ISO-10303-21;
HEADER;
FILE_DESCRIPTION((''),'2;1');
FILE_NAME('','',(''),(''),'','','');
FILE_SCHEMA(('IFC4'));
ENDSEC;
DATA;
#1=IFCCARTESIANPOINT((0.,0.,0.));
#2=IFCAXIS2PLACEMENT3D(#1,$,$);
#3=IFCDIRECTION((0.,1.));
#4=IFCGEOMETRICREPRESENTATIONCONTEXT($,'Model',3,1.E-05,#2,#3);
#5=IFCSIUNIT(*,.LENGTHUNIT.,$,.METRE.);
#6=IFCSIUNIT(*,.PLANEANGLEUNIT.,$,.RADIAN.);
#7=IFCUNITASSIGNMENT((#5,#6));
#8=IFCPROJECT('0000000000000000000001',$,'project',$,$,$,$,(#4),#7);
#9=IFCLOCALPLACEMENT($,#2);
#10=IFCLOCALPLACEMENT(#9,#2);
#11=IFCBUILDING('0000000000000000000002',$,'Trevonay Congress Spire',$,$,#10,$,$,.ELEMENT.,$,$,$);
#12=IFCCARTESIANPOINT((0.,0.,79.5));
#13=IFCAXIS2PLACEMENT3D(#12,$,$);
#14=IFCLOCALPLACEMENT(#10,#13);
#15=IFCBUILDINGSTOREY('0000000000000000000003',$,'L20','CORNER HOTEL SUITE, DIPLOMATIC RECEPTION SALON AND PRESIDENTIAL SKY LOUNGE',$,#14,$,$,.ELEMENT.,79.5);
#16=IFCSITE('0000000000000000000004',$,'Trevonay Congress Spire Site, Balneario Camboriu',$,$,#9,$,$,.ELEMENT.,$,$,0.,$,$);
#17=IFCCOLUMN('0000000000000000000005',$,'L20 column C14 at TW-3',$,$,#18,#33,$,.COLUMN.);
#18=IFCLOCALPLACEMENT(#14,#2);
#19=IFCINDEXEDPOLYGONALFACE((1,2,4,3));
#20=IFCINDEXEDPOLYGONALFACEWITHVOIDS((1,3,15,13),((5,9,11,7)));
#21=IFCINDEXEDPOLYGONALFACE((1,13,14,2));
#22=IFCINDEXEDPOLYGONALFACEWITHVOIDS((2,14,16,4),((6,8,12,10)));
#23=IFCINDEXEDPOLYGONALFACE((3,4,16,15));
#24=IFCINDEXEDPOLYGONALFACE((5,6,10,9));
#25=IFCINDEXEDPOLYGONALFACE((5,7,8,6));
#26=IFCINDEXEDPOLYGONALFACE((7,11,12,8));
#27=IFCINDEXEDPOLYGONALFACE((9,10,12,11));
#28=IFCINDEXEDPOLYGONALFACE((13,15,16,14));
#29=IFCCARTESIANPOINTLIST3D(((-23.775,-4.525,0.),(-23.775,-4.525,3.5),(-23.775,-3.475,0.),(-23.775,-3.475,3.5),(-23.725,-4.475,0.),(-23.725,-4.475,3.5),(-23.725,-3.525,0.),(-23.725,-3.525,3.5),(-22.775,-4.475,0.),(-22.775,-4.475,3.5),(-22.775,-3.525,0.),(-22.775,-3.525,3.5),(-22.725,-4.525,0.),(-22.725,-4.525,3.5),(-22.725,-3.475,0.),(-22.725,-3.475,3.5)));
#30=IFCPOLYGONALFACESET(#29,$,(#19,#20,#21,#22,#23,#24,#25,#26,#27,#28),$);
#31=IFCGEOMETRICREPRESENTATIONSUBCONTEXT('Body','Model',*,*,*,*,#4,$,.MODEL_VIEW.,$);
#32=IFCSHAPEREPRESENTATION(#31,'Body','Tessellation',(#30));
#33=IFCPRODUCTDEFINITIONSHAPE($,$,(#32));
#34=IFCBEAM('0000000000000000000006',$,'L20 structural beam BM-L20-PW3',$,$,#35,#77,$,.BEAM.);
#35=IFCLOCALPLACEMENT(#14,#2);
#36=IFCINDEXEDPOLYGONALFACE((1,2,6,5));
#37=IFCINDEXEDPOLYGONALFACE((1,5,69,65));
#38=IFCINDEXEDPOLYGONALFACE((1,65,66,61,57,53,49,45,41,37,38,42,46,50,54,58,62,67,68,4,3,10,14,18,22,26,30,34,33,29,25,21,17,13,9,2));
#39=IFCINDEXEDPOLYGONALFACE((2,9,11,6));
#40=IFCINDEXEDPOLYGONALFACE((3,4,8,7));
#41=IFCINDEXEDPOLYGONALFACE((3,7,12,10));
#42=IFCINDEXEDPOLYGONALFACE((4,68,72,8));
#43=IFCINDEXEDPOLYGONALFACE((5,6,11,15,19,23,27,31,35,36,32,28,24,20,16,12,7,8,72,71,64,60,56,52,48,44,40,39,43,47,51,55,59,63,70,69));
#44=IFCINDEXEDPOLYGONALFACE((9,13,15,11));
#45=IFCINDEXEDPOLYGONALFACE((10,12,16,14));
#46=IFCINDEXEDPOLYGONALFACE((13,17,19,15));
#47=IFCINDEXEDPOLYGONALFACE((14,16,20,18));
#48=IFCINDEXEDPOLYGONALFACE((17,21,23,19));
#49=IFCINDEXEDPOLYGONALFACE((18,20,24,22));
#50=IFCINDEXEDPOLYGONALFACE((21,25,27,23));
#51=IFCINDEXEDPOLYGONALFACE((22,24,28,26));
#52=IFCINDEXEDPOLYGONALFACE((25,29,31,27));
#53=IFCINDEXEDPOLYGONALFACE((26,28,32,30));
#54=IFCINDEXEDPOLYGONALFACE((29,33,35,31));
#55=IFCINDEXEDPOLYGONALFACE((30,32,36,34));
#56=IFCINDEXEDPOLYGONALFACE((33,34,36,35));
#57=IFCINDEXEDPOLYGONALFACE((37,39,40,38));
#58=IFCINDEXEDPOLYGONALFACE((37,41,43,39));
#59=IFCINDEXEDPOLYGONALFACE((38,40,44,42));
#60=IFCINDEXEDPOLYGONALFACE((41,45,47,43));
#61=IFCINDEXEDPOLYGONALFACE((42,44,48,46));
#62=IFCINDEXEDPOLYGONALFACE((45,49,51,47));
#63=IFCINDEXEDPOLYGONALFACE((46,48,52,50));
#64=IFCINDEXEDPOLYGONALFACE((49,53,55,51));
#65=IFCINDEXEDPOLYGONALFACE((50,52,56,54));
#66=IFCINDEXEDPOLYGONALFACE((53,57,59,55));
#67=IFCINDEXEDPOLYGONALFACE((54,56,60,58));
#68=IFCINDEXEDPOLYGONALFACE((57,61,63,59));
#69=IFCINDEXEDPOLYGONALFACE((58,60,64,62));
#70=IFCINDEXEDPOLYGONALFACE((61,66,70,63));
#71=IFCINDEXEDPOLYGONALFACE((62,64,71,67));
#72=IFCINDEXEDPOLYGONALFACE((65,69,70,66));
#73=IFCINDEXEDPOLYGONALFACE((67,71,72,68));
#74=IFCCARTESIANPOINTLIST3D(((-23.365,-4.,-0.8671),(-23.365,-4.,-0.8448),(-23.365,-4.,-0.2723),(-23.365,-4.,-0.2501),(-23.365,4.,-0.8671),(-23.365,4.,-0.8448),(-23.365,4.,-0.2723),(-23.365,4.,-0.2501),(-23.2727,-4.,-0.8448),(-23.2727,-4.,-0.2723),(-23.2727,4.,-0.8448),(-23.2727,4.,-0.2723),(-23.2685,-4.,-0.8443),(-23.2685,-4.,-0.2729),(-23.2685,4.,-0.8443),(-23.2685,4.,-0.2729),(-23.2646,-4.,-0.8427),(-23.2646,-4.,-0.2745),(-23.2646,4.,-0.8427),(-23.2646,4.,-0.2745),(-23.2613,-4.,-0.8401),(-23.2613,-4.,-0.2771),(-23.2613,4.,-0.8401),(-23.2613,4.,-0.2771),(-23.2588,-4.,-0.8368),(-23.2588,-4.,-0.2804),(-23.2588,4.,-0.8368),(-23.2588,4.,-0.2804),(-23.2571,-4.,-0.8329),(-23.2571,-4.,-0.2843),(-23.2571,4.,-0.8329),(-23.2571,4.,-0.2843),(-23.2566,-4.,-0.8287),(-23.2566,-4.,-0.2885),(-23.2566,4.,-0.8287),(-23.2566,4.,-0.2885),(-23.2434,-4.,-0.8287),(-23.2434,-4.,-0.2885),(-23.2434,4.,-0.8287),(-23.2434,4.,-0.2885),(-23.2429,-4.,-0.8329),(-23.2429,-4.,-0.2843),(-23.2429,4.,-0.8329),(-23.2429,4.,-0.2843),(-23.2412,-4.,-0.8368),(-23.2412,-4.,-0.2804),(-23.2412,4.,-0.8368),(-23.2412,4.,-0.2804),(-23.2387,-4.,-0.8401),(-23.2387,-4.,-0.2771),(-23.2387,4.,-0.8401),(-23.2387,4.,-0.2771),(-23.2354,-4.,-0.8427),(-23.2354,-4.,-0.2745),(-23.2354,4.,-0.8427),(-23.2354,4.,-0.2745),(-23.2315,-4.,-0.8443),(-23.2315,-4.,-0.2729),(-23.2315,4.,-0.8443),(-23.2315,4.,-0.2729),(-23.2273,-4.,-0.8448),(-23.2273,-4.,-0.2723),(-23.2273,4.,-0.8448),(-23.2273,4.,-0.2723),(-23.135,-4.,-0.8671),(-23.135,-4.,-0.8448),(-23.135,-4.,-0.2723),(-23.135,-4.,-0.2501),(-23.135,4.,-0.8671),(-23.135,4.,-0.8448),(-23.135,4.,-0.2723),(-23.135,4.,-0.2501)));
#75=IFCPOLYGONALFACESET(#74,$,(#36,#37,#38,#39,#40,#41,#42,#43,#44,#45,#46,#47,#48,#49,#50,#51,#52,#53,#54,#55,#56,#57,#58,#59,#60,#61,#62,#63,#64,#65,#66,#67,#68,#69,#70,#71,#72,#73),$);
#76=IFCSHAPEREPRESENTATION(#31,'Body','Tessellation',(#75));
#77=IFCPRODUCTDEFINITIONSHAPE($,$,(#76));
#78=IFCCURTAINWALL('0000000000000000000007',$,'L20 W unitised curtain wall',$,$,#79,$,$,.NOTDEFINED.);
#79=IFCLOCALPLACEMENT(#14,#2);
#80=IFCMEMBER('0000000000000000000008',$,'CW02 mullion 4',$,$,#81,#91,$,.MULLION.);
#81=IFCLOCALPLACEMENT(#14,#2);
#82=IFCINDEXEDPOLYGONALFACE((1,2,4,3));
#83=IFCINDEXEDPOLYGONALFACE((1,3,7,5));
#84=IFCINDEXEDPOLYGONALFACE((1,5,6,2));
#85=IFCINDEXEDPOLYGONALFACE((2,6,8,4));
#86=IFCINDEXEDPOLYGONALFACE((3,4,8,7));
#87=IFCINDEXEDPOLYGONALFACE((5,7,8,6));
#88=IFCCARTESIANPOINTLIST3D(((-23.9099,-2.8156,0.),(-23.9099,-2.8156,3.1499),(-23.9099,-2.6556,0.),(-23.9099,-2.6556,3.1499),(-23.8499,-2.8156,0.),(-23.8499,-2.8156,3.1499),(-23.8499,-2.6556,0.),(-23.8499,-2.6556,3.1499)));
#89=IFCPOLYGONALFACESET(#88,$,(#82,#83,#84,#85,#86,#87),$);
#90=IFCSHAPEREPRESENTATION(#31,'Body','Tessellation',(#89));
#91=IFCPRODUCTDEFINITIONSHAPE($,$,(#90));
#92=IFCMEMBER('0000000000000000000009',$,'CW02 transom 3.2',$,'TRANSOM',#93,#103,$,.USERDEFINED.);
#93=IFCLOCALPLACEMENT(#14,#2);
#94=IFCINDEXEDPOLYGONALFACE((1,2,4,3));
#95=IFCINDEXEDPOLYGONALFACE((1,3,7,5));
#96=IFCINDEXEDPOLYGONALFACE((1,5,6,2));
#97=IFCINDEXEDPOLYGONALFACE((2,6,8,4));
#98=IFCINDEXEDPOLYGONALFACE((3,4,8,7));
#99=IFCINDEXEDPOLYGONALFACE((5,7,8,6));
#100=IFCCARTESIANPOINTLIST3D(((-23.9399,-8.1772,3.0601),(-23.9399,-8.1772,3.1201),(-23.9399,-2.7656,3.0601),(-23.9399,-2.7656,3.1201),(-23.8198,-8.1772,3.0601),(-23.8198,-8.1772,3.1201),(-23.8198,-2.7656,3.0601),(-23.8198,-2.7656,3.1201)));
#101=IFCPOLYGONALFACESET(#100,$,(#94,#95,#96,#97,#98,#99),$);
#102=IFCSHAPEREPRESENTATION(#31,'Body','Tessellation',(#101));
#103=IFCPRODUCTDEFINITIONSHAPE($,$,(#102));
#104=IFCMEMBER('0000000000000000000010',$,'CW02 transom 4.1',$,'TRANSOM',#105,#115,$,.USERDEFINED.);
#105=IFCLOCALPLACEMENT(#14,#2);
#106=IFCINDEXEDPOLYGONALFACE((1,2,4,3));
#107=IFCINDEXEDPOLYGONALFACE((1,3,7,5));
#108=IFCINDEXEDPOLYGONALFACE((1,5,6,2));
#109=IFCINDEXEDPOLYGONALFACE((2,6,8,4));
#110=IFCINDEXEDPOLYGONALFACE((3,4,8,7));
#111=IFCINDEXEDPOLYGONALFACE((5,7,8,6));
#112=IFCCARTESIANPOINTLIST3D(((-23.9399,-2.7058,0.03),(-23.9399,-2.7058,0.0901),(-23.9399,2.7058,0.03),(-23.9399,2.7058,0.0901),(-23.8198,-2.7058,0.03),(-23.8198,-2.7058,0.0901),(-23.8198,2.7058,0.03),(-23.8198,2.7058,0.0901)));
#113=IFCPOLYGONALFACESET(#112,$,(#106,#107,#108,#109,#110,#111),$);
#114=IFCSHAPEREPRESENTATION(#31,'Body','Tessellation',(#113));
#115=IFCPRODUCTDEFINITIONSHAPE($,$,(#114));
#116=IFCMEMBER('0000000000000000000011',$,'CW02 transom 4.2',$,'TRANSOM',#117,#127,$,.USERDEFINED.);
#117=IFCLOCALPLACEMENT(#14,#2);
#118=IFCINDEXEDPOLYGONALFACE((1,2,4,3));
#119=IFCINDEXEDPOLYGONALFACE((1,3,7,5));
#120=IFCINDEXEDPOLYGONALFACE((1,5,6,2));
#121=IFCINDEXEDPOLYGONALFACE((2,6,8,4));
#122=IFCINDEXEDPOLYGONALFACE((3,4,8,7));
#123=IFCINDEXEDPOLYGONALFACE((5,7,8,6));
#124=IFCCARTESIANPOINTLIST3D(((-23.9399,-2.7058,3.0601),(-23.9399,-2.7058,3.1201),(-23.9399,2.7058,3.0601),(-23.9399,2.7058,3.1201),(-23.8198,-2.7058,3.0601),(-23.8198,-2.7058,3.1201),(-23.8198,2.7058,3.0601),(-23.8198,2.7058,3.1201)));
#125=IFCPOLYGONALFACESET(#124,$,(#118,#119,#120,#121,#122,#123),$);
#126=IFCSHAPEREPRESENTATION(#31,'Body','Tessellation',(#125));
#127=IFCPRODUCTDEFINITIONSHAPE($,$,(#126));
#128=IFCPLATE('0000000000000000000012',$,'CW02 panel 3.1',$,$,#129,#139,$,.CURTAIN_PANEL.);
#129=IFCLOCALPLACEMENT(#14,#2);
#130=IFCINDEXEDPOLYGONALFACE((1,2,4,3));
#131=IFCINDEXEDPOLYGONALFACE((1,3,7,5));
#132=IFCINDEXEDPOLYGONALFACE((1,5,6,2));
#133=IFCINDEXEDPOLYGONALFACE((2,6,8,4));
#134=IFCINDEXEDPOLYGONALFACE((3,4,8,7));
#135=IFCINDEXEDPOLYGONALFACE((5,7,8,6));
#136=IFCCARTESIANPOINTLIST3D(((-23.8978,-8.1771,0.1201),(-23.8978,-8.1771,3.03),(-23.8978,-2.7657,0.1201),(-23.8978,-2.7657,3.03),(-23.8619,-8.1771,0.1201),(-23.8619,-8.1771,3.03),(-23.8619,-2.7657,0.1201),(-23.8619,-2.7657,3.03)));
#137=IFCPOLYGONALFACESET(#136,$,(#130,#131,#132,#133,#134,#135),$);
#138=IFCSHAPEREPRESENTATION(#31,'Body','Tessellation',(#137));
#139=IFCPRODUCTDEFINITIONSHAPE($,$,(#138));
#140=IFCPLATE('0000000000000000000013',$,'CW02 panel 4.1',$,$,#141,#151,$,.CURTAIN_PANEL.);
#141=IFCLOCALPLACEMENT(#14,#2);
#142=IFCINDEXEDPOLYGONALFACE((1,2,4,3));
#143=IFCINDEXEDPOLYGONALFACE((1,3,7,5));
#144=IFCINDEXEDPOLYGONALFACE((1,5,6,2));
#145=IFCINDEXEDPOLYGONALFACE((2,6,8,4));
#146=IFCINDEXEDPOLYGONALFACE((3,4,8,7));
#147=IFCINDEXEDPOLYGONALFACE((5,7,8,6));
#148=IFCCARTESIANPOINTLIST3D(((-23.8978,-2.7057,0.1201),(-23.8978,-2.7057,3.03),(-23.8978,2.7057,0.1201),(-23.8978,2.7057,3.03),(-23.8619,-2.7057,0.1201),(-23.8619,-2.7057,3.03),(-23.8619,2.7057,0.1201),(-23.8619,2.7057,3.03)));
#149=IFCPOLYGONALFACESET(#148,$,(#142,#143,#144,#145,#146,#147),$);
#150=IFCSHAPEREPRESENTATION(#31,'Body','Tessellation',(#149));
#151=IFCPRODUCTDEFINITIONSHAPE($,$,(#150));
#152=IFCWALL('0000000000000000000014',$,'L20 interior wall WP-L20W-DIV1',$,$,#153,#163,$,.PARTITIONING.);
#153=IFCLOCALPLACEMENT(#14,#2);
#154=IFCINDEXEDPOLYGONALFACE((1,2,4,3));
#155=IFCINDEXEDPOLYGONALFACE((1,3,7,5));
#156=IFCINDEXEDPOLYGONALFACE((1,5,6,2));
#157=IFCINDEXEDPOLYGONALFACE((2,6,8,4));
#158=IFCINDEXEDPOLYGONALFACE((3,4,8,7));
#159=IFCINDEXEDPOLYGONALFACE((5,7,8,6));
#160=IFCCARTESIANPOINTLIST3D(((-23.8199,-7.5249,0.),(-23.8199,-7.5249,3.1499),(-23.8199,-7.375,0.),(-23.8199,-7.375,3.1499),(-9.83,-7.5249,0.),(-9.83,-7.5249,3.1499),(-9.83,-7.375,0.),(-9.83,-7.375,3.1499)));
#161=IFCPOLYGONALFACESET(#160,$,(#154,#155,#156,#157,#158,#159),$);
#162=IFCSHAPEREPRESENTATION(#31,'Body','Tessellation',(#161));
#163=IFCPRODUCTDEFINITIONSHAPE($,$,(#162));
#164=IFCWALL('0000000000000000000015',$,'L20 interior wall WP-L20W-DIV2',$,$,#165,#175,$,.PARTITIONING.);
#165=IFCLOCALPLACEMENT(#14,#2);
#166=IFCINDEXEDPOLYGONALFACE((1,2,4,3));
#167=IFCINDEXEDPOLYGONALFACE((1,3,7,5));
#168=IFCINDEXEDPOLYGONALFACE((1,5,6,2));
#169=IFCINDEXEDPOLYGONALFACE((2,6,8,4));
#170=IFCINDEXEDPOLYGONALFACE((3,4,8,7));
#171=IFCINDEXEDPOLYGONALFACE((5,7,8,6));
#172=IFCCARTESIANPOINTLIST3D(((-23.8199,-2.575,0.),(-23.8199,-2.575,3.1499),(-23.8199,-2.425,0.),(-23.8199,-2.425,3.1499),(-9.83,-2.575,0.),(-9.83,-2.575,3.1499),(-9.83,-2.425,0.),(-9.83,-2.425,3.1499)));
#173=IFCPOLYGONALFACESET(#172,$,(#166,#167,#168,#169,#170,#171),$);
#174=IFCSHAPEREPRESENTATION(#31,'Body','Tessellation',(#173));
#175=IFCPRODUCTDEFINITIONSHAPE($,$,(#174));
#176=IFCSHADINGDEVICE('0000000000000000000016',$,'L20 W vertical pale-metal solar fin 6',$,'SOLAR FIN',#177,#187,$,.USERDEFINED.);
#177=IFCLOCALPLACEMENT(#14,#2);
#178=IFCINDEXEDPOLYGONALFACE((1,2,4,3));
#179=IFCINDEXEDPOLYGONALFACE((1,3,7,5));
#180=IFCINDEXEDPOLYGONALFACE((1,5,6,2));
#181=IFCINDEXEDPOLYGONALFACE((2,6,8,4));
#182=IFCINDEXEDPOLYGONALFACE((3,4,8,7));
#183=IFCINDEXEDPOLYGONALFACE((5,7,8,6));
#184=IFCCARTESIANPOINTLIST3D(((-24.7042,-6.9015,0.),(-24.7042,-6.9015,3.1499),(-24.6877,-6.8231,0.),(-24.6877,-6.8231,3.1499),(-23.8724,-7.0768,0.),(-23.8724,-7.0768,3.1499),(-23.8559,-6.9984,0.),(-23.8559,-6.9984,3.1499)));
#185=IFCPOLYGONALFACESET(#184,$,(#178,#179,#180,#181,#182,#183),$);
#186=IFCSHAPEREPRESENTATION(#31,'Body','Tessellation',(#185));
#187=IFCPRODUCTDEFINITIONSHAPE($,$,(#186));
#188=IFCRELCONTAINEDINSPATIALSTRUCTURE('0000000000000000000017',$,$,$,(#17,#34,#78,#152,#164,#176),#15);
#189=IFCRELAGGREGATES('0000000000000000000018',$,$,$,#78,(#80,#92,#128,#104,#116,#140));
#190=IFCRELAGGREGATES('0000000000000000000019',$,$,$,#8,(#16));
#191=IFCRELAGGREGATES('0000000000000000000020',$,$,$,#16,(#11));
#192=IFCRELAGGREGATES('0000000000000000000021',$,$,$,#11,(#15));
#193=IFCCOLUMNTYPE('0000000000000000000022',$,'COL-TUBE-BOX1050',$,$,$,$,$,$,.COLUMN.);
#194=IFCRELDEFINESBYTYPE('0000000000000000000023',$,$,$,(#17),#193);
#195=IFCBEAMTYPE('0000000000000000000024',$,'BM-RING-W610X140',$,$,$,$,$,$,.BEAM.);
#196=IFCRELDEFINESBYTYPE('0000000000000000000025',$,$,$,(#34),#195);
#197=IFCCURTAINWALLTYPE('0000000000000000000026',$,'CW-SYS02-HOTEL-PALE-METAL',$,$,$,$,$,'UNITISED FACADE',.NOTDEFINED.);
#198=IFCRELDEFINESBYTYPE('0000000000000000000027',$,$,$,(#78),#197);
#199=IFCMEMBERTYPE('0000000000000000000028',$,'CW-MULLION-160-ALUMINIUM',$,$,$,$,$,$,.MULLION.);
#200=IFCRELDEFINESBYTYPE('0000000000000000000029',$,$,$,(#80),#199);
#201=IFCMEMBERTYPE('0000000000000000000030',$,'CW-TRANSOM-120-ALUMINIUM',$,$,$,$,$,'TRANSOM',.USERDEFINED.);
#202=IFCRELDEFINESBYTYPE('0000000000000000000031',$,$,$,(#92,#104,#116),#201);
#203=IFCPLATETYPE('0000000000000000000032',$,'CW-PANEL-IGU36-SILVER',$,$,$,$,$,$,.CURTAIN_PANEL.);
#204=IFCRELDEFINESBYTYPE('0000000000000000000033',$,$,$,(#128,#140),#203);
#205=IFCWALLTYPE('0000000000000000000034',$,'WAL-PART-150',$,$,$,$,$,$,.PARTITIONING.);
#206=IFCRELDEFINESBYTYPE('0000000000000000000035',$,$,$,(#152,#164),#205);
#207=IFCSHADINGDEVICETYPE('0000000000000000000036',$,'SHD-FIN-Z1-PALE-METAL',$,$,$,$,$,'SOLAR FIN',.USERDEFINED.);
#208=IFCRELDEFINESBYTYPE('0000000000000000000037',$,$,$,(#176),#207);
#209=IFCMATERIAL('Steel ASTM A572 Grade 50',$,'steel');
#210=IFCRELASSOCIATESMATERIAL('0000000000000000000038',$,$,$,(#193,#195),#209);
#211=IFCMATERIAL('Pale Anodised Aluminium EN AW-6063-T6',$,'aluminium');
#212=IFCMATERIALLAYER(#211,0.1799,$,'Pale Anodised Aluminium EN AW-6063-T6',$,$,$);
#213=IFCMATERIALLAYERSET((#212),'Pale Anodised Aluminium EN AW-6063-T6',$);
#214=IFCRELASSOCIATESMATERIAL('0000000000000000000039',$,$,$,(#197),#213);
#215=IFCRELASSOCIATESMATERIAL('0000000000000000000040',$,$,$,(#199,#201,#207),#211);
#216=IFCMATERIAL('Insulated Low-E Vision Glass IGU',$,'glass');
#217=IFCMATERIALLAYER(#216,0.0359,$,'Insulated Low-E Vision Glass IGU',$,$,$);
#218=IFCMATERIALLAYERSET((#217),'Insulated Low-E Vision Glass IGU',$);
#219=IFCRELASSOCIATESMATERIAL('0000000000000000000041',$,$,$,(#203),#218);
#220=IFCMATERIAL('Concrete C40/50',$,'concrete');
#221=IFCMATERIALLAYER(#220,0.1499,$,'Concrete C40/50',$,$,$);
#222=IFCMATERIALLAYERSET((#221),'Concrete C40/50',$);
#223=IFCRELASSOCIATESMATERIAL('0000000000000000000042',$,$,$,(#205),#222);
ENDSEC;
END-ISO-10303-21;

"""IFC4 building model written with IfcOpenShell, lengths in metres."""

from ifc_helpers import new_model, si_unit, direction, frame, frame_2d, origin, origin_2d, place, context, subcontext, project, spatial, rectangle, hollow_rectangle, i_section, extrude, material, layer, layer_set, material_profile, profile_set, type_object, element, aggregate, save


model = new_model("IFC4")

# Units and contexts
model_context = context("Model", 3, precision=1e-05, world=origin(), true_north=direction((0.0, 1.0)))
body_context = subcontext(model_context, "Body", "Model", "MODEL_VIEW")
ifc_project = project(units=[si_unit("LENGTHUNIT", "METRE"), si_unit("PLANEANGLEUNIT", "RADIAN")], contexts=[model_context])

# Site, building, storey
site_placement = place(None, origin())
site = spatial("IfcSite", under=ifc_project, at=site_placement, Name="Trevonay Congress Spire Site, Balneario Camboriu", CompositionType="ELEMENT", RefElevation=0.0)
building_placement = place(site_placement, origin())
building = spatial("IfcBuilding", under=site, at=building_placement, Name="Trevonay Congress Spire", CompositionType="ELEMENT")
storey_placement = place(building_placement, frame((0.0, 0.0, 79.5)))
storey = spatial("IfcBuildingStorey", under=building, at=storey_placement, Name="L20", Description="CORNER HOTEL SUITE, DIPLOMATIC RECEPTION SALON AND PRESIDENTIAL SKY LOUNGE", CompositionType="ELEMENT", Elevation=79.5)

# Column
ifc_material_1 = material(Name="Steel ASTM A572 Grade 50", Category="steel")
ifc_material_profile_1 = material_profile(ifc_material_1, hollow_rectangle(XDim=1.05, YDim=1.05, WallThickness=0.05, at=origin_2d()), Name="BOX 1050x1050x50")
ifc_profile_set_1 = profile_set([ifc_material_profile_1], Name="Steel ASTM A572 Grade 50")
column_type = type_object("IfcColumnType", Name="COL-TUBE-BOX1050", PredefinedType="COLUMN", material=ifc_profile_set_1)
column_placement = place(storey_placement, frame((-23.25, -4.0, 0.0), z_axis=(0.0, 0.0, 1.0), x_axis=(1.0, 0.0, 0.0)))
element("IfcColumn", 1, at=column_placement, inside=storey, type_object=column_type, Name="L20 column C14 at TW-3", PredefinedType="COLUMN", context=body_context, shape_type="SweptSolid", body=[
    extrude(hollow_rectangle(XDim=1.05, YDim=1.05, WallThickness=0.05, at=origin_2d()), origin(), (0.0, 0.0, 1.0), 3.5),
])

# Beam
ifc_material_profile_2 = material_profile(ifc_material_1, i_section(OverallWidth=0.23, OverallDepth=0.6169, WebThickness=0.0132, FlangeThickness=0.0222, FilletRadius=0.0161, at=origin_2d()), Name="W610x140")
ifc_profile_set_2 = profile_set([ifc_material_profile_2], Name="Steel ASTM A572 Grade 50")
beam_type = type_object("IfcBeamType", Name="BM-RING-W610X140", PredefinedType="BEAM", material=ifc_profile_set_2)
beam_placement = place(storey_placement, frame((-23.25, -4.0, -0.5586), z_axis=(0.0, 1.0, 0.0), x_axis=(-1.0, 0.0, 0.0)))
element("IfcBeam", 2, at=beam_placement, inside=storey, type_object=beam_type, Name="L20 structural beam BM-L20-PW3", PredefinedType="BEAM", context=body_context, shape_type="SweptSolid", body=[
    extrude(i_section(OverallWidth=0.23, OverallDepth=0.6169, WebThickness=0.0132, FlangeThickness=0.0222, FilletRadius=0.0161, at=origin_2d()), origin(), (0.0, 0.0, 1.0), 8.0),
])

# Curtain wall, members, plates
ifc_material_2 = material(Name="Pale Anodised Aluminium EN AW-6063-T6", Category="aluminium")
ifc_layer_1 = layer(ifc_material_2, 0.1799, Name="Pale Anodised Aluminium EN AW-6063-T6")
ifc_layer_set_1 = layer_set([ifc_layer_1], Name="Pale Anodised Aluminium EN AW-6063-T6")
curtain_wall_type = type_object("IfcCurtainWallType", Name="CW-SYS02-HOTEL-PALE-METAL", ElementType="UNITISED FACADE", PredefinedType="NOTDEFINED", material=ifc_layer_set_1)
curtain_wall_placement = place(storey_placement, origin())
curtain_wall = element("IfcCurtainWall", 3, at=curtain_wall_placement, inside=storey, type_object=curtain_wall_type, Name="L20 W unitised curtain wall", PredefinedType="NOTDEFINED")
ifc_material_profile_3 = material_profile(ifc_material_2, rectangle(XDim=0.0601, YDim=0.1599, at=origin_2d()), Name="CW-MULLION-160-ALUMINIUM")
ifc_profile_set_3 = profile_set([ifc_material_profile_3], Name="Pale Anodised Aluminium EN AW-6063-T6")
member_type_1 = type_object("IfcMemberType", Name="CW-MULLION-160-ALUMINIUM", PredefinedType="MULLION", material=ifc_profile_set_3)
member_1_placement = place(storey_placement, frame((-23.8799, -2.7356, 0.0), z_axis=(0.0, 0.0, 1.0), x_axis=(-1.0, 0.0, 0.0)))
member_1 = element("IfcMember", 4, at=member_1_placement, type_object=member_type_1, Name="CW02 mullion 4", PredefinedType="MULLION", context=body_context, shape_type="SweptSolid", body=[
    extrude(rectangle(XDim=0.0601, YDim=0.1599, at=origin_2d()), origin(), (0.0, 0.0, 1.0), 3.1499),
])
ifc_material_profile_4 = material_profile(ifc_material_2, rectangle(XDim=0.1201, YDim=0.0601, at=origin_2d()), Name="CW-TRANSOM-120-ALUMINIUM")
ifc_profile_set_4 = profile_set([ifc_material_profile_4], Name="Pale Anodised Aluminium EN AW-6063-T6")
member_type_2 = type_object("IfcMemberType", Name="CW-TRANSOM-120-ALUMINIUM", ElementType="TRANSOM", PredefinedType="USERDEFINED", material=ifc_profile_set_4)
member_2_placement = place(storey_placement, frame((-23.8799, -8.1772, 3.0901), z_axis=(0.0, 1.0, 0.0), x_axis=(-1.0, 0.0, 0.0)))
member_2 = element("IfcMember", 5, at=member_2_placement, type_object=member_type_2, Name="CW02 transom 3.2", ObjectType="TRANSOM", PredefinedType="USERDEFINED", context=body_context, shape_type="SweptSolid", body=[
    extrude(rectangle(XDim=0.1201, YDim=0.0601, at=origin_2d()), origin(), (0.0, 0.0, 1.0), 5.4116),
])
member_3_placement = place(storey_placement, frame((-23.8799, -2.7058, 0.0601), z_axis=(0.0, 1.0, 0.0), x_axis=(-1.0, 0.0, 0.0)))
member_3 = element("IfcMember", 6, at=member_3_placement, type_object=member_type_2, Name="CW02 transom 4.1", ObjectType="TRANSOM", PredefinedType="USERDEFINED", context=body_context, shape_type="SweptSolid", body=[
    extrude(rectangle(XDim=0.1201, YDim=0.0601, at=origin_2d()), origin(), (0.0, 0.0, 1.0), 5.4116),
])
member_4_placement = place(storey_placement, frame((-23.8799, -2.7058, 3.0901), z_axis=(0.0, 1.0, 0.0), x_axis=(-1.0, 0.0, 0.0)))
member_4 = element("IfcMember", 7, at=member_4_placement, type_object=member_type_2, Name="CW02 transom 4.2", ObjectType="TRANSOM", PredefinedType="USERDEFINED", context=body_context, shape_type="SweptSolid", body=[
    extrude(rectangle(XDim=0.1201, YDim=0.0601, at=origin_2d()), origin(), (0.0, 0.0, 1.0), 5.4116),
])
ifc_material_3 = material(Name="Insulated Low-E Vision Glass IGU", Category="glass")
ifc_layer_2 = layer(ifc_material_3, 0.0359, Name="Insulated Low-E Vision Glass IGU")
ifc_layer_set_2 = layer_set([ifc_layer_2], Name="Insulated Low-E Vision Glass IGU")
plate_type = type_object("IfcPlateType", Name="CW-PANEL-IGU36-SILVER", PredefinedType="CURTAIN_PANEL", material=ifc_layer_set_2)
plate_1_placement = place(storey_placement, frame((-23.8799, -5.4714, 0.1201), z_axis=(0.0, 0.0, 1.0), x_axis=(0.0, 1.0, 0.0)))
plate_1 = element("IfcPlate", 8, at=plate_1_placement, type_object=plate_type, Name="CW02 panel 3.1", PredefinedType="CURTAIN_PANEL", context=body_context, shape_type="SweptSolid", body=[
    extrude(rectangle(XDim=5.4114, YDim=0.0359, at=origin_2d()), origin(), (0.0, 0.0, 1.0), 2.9099),
])
plate_2_placement = place(storey_placement, frame((-23.8799, 0.0, 0.1201), z_axis=(0.0, 0.0, 1.0), x_axis=(0.0, 1.0, 0.0)))
plate_2 = element("IfcPlate", 9, at=plate_2_placement, type_object=plate_type, Name="CW02 panel 4.1", PredefinedType="CURTAIN_PANEL", context=body_context, shape_type="SweptSolid", body=[
    extrude(rectangle(XDim=5.4114, YDim=0.0359, at=origin_2d()), origin(), (0.0, 0.0, 1.0), 2.9099),
])
aggregate(curtain_wall, [member_1, member_2, plate_1, member_3, member_4, plate_2])

# Walls
ifc_material_4 = material(Name="Concrete C40/50", Category="concrete")
ifc_layer_3 = layer(ifc_material_4, 0.1499, Name="Concrete C40/50")
ifc_layer_set_3 = layer_set([ifc_layer_3], Name="Concrete C40/50")
wall_type = type_object("IfcWallType", Name="WAL-PART-150", PredefinedType="PARTITIONING", material=ifc_layer_set_3)
for number, where, z_axis, x_axis, name in (
    (10, (-23.8201, -7.45, 0.0), (0.0, 0.0, 1.0), (1.0, 0.0, 0.0), "L20 interior wall WP-L20W-DIV1"),
    (11, (-23.8201, -2.5, 0.0), (0.0, 0.0, 1.0), (1.0, 0.0, 0.0), "L20 interior wall WP-L20W-DIV2"),
):
    element("IfcWall", number, at=place(storey_placement, frame(where, z_axis=z_axis, x_axis=x_axis)), inside=storey, type_object=wall_type, Name=name, PredefinedType="PARTITIONING", context=body_context, shape_type="SweptSolid", body=[
        extrude(rectangle(XDim=13.99, YDim=0.1499, at=frame_2d((6.9951, 0.0))), origin(), (0.0, 0.0, 1.0), 3.1499),
    ])

# Shading device
shading_device_type = type_object("IfcShadingDeviceType", Name="SHD-FIN-Z1-PALE-METAL", ElementType="SOLAR FIN", PredefinedType="USERDEFINED", material=ifc_material_2)
for number, where, z_axis, x_axis, name in (
    (12, (-24.28, -6.95, 0.0), (0.0, 0.0, 1.0), (0.206204, 0.978509, 0.0), "L20 W vertical pale-metal solar fin 6"),
):
    element("IfcShadingDevice", number, at=place(storey_placement, frame(where, z_axis=z_axis, x_axis=x_axis)), inside=storey, type_object=shading_device_type, Name=name, ObjectType="SOLAR FIN", PredefinedType="USERDEFINED", context=body_context, shape_type="SweptSolid", body=[
        extrude(rectangle(XDim=0.0801, YDim=0.8501, at=origin_2d()), origin(), (0.0, 0.0, 1.0), 3.1499),
    ])

save(model, "model.ifc")
